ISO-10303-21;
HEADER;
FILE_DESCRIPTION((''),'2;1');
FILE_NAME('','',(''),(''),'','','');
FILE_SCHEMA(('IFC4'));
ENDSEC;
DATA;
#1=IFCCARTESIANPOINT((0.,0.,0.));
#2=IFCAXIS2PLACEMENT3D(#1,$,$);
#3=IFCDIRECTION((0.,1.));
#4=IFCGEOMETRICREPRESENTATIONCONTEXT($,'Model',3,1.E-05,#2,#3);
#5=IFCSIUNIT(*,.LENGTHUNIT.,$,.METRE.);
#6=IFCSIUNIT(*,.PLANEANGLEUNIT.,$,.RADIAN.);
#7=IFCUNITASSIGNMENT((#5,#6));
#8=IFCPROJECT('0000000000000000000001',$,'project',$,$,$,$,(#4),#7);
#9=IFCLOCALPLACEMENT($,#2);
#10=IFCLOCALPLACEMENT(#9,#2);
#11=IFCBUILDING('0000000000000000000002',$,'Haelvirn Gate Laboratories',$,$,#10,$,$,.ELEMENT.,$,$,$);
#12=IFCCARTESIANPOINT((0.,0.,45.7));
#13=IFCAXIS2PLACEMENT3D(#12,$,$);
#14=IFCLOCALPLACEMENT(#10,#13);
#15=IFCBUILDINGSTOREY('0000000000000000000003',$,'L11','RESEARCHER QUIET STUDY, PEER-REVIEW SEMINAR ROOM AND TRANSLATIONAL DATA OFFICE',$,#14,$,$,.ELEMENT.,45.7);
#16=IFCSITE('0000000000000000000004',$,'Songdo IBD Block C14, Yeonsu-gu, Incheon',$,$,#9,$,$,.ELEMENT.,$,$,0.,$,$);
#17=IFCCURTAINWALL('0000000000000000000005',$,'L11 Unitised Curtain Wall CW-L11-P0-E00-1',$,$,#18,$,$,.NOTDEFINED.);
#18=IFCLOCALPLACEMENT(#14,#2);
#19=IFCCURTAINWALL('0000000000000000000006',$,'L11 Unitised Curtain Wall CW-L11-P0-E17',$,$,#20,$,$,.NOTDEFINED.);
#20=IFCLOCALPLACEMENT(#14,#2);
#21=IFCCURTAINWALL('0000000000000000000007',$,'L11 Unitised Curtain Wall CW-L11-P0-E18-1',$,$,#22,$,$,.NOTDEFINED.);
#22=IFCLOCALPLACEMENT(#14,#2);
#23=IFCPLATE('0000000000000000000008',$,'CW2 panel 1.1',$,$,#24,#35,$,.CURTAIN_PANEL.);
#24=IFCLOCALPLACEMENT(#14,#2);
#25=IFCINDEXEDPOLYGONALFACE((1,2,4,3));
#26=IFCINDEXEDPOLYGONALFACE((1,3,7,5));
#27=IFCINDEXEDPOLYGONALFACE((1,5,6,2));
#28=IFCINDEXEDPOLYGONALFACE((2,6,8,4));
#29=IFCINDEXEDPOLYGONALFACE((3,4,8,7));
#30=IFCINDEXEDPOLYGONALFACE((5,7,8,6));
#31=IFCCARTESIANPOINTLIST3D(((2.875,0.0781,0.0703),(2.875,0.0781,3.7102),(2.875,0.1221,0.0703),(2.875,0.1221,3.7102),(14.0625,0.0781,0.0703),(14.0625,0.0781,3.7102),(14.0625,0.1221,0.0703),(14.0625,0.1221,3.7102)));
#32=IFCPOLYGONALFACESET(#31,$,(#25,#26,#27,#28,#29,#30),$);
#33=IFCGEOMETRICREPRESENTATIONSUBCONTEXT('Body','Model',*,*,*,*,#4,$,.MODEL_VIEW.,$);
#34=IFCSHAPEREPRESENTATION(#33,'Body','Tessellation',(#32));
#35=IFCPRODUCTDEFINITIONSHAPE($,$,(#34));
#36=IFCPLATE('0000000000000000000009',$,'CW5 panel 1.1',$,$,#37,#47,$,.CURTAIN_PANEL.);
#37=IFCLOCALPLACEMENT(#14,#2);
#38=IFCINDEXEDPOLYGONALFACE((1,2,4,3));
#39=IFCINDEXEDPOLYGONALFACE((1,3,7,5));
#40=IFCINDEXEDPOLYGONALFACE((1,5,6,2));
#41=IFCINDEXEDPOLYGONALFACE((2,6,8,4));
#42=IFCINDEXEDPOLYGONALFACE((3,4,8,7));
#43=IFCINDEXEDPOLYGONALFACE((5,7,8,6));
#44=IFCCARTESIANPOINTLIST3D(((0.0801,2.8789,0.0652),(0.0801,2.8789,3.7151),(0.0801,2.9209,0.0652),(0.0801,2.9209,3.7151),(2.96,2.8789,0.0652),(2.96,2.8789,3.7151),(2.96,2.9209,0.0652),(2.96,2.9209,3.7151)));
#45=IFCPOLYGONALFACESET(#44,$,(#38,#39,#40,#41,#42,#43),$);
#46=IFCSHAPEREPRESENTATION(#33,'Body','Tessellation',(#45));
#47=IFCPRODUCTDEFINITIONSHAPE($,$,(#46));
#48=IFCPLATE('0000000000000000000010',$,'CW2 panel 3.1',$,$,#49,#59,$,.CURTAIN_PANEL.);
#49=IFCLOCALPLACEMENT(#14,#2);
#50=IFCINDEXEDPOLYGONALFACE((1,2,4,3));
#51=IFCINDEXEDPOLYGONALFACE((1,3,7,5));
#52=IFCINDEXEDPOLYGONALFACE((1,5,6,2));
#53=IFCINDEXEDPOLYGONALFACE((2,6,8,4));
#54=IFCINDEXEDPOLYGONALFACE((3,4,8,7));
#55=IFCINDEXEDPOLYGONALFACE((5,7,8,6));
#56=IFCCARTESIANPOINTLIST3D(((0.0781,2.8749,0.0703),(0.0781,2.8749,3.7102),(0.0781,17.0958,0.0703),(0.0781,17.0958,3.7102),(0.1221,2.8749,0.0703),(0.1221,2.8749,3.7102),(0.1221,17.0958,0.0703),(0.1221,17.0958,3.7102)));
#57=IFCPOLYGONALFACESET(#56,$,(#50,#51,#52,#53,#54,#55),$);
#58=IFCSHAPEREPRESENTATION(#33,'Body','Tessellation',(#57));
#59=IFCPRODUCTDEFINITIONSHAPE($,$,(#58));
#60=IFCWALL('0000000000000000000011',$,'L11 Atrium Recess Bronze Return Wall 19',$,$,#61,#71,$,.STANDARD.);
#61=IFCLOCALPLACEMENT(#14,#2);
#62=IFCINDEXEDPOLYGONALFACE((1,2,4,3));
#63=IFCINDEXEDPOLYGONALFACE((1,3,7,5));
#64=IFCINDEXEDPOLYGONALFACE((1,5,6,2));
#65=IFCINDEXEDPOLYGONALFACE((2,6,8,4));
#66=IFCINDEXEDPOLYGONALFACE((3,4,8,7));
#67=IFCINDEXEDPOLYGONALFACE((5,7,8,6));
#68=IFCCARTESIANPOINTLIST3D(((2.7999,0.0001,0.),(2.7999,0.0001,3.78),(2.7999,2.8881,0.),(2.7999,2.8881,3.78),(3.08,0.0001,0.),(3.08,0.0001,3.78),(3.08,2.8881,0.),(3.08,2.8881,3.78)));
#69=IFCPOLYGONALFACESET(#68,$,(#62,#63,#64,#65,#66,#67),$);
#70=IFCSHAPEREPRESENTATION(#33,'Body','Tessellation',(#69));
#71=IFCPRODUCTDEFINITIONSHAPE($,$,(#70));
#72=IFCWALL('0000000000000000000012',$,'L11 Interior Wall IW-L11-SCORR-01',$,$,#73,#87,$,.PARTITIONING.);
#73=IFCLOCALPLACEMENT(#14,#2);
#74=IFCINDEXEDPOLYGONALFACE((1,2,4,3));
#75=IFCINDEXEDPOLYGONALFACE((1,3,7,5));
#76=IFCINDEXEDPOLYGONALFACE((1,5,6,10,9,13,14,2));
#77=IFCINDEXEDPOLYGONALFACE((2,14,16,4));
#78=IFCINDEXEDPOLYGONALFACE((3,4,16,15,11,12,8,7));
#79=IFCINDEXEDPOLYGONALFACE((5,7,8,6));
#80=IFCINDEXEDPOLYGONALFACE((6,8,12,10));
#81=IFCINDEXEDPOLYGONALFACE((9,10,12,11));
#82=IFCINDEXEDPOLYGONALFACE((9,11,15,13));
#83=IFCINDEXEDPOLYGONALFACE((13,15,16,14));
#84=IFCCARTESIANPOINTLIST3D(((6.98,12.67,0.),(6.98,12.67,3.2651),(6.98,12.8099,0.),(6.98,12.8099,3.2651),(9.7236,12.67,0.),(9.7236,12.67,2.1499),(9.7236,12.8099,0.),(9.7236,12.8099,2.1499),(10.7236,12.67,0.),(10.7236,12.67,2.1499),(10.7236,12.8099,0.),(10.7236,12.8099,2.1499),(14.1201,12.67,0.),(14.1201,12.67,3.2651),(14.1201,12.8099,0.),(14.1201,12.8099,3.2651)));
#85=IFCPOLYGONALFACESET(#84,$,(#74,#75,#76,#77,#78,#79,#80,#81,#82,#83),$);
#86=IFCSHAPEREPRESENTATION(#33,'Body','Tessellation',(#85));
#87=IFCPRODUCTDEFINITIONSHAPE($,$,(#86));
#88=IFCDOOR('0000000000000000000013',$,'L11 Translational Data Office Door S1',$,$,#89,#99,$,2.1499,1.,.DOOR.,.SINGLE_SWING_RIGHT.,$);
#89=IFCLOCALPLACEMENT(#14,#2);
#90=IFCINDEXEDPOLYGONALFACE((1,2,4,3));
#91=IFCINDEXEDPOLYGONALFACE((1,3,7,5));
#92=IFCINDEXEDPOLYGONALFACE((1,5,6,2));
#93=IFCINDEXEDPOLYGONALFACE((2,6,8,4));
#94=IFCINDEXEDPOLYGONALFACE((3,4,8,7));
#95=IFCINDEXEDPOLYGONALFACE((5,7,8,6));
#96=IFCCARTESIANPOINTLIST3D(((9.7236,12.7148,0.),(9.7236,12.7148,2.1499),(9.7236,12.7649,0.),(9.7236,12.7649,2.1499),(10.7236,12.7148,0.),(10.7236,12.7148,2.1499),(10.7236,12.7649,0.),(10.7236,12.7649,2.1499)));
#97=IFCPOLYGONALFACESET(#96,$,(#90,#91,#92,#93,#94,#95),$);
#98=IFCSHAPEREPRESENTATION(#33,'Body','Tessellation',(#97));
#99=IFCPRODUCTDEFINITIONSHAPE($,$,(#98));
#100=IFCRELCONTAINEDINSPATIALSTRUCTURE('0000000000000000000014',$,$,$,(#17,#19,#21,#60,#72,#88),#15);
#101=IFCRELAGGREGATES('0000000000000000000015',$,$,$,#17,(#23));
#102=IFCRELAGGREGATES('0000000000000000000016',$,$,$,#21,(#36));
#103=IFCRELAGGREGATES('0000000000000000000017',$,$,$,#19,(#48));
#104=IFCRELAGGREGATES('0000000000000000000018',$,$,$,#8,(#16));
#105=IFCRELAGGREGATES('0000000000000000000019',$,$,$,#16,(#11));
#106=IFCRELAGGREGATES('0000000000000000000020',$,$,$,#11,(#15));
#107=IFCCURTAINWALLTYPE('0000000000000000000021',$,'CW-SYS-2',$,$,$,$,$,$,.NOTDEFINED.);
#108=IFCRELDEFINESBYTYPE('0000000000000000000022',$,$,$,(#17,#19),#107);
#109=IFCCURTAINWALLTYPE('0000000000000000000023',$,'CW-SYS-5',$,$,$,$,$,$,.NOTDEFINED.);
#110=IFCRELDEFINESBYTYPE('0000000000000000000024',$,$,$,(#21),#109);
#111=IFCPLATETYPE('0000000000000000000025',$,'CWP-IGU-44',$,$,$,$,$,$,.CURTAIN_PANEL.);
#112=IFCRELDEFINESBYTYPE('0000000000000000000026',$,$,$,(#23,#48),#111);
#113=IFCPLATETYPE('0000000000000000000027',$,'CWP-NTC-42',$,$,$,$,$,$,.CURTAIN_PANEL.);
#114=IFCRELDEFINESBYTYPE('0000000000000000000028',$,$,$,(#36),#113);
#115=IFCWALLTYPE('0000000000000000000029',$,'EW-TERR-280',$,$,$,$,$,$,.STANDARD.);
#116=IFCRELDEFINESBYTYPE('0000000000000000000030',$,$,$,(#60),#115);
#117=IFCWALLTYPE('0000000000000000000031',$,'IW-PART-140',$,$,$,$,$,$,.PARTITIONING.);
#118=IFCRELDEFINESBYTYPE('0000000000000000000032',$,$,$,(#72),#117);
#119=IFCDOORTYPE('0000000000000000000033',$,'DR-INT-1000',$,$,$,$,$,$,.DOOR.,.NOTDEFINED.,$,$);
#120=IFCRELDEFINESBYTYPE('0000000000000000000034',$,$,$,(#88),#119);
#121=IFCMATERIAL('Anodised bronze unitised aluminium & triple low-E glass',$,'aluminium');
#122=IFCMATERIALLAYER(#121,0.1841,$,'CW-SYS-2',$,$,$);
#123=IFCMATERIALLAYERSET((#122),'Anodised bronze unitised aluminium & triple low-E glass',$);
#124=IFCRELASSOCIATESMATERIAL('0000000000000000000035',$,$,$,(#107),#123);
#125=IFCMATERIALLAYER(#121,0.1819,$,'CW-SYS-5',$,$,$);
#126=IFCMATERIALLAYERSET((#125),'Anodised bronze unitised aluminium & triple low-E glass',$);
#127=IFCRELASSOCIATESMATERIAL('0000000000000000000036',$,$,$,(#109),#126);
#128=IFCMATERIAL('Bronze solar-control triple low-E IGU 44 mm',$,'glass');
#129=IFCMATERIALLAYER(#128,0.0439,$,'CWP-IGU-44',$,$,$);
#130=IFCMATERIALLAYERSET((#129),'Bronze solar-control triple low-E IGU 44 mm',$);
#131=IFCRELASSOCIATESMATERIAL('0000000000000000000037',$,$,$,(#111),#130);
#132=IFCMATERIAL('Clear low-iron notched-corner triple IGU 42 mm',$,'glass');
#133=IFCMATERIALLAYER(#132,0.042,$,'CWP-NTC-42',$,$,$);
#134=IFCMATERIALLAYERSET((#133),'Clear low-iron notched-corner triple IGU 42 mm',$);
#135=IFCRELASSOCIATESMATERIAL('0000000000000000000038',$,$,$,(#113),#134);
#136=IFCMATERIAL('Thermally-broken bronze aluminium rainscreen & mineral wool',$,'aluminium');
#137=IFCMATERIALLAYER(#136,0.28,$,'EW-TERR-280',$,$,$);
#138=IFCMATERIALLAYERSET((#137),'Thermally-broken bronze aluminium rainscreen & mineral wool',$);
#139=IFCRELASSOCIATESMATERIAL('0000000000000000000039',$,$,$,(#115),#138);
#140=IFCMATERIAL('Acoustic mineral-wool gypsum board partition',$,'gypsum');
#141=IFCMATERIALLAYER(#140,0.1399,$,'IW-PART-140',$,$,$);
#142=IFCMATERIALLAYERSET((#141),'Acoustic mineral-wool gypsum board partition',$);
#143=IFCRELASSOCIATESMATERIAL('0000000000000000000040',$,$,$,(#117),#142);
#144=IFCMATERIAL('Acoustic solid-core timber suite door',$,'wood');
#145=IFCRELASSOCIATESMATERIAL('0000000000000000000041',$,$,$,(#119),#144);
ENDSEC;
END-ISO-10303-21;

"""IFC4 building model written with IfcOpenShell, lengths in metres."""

from ifc_helpers import new_model, si_unit, direction, frame, frame_2d, origin, origin_2d, place, context, subcontext, project, spatial, rectangle, extrude, source, transform, mapped, material, layer, layer_set, type_object, type_shapes, element, fill, aggregate, save


model = new_model("IFC4")

# Units and contexts
model_context = context("Model", 3, precision=1e-05, world=origin(), true_north=direction((0.0, 1.0)))
body_context = subcontext(model_context, "Body", "Model", "MODEL_VIEW")
ifc_project = project(units=[si_unit("LENGTHUNIT", "METRE"), si_unit("PLANEANGLEUNIT", "RADIAN")], contexts=[model_context])

# Site, building, storey
site_placement = place(None, origin())
site = spatial("IfcSite", under=ifc_project, at=site_placement, Name="Songdo IBD Block C14, Yeonsu-gu, Incheon", CompositionType="ELEMENT", RefElevation=0.0)
building_placement = place(site_placement, origin())
building = spatial("IfcBuilding", under=site, at=building_placement, Name="Haelvirn Gate Laboratories", CompositionType="ELEMENT")
storey_placement = place(building_placement, frame((0.0, 0.0, 45.7)))
storey = spatial("IfcBuildingStorey", under=building, at=storey_placement, Name="L11", Description="RESEARCHER QUIET STUDY, PEER-REVIEW SEMINAR ROOM AND TRANSLATIONAL DATA OFFICE", CompositionType="ELEMENT", Elevation=45.7)

# Curtain walls
ifc_material_1 = material(Name="Anodised bronze unitised aluminium & triple low-E glass", Category="aluminium")
ifc_layer_1 = layer(ifc_material_1, 0.1841, Name="CW-SYS-2")
ifc_layer_set_1 = layer_set([ifc_layer_1], Name="Anodised bronze unitised aluminium & triple low-E glass")
curtain_wall_type_1 = type_object("IfcCurtainWallType", Name="CW-SYS-2", PredefinedType="NOTDEFINED", material=ifc_layer_set_1)
curtain_wall_1_placement = place(storey_placement, origin())
curtain_wall_1 = element("IfcCurtainWall", 1, at=curtain_wall_1_placement, inside=storey, type_object=curtain_wall_type_1, Name="L11 Unitised Curtain Wall CW-L11-P0-E00-1", PredefinedType="NOTDEFINED")
curtain_wall_2_placement = place(storey_placement, origin())
curtain_wall_2 = element("IfcCurtainWall", 2, at=curtain_wall_2_placement, inside=storey, type_object=curtain_wall_type_1, Name="L11 Unitised Curtain Wall CW-L11-P0-E17", PredefinedType="NOTDEFINED")

# Curtain wall
ifc_layer_2 = layer(ifc_material_1, 0.1819, Name="CW-SYS-5")
ifc_layer_set_2 = layer_set([ifc_layer_2], Name="Anodised bronze unitised aluminium & triple low-E glass")
curtain_wall_type_2 = type_object("IfcCurtainWallType", Name="CW-SYS-5", PredefinedType="NOTDEFINED", material=ifc_layer_set_2)
curtain_wall_3_placement = place(storey_placement, origin())
curtain_wall_3 = element("IfcCurtainWall", 3, at=curtain_wall_3_placement, inside=storey, type_object=curtain_wall_type_2, Name="L11 Unitised Curtain Wall CW-L11-P0-E18-1", PredefinedType="NOTDEFINED")

# Plates
ifc_material_2 = material(Name="Bronze solar-control triple low-E IGU 44 mm", Category="glass")
ifc_layer_3 = layer(ifc_material_2, 0.0439, Name="CWP-IGU-44")
ifc_layer_set_3 = layer_set([ifc_layer_3], Name="Bronze solar-control triple low-E IGU 44 mm")
plate_type_1 = type_object("IfcPlateType", Name="CWP-IGU-44", PredefinedType="CURTAIN_PANEL", material=ifc_layer_set_3)
shared_shape_1 = source(origin(), body_context, "Body", "SweptSolid", [
    extrude(rectangle(XDim=11.1875, YDim=0.0439, at=origin_2d()), origin(), (0.0, 0.0, 1.0), 3.6399),
])
plate_1_placement = place(storey_placement, frame((8.4688, 0.1001, 0.0703), z_axis=(0.0, 0.0, 1.0), x_axis=(1.0, 0.0, 0.0)))
plate_1 = element("IfcPlate", 4, at=plate_1_placement, type_object=plate_type_1, Name="CW2 panel 1.1", PredefinedType="CURTAIN_PANEL", context=body_context, shape_type="MappedRepresentation", body=[
    mapped(shared_shape_1, transform((0.0, 0.0, 0.0), scale=1.0)),
])
aggregate(curtain_wall_1, [plate_1])
ifc_material_3 = material(Name="Clear low-iron notched-corner triple IGU 42 mm", Category="glass")
ifc_layer_4 = layer(ifc_material_3, 0.042, Name="CWP-NTC-42")
ifc_layer_set_4 = layer_set([ifc_layer_4], Name="Clear low-iron notched-corner triple IGU 42 mm")
plate_type_2 = type_object("IfcPlateType", Name="CWP-NTC-42", PredefinedType="CURTAIN_PANEL", material=ifc_layer_set_4)
shared_shape_2 = source(origin(), body_context, "Body", "SweptSolid", [
    extrude(rectangle(XDim=2.8799, YDim=0.042, at=origin_2d()), origin(), (0.0, 0.0, 1.0), 3.6499),
])
type_shapes(plate_type_2, [shared_shape_2])
plate_2_placement = place(storey_placement, frame((1.52, 2.8999, 0.0652), z_axis=(0.0, 0.0, 1.0), x_axis=(1.0, 0.0, 0.0)))
plate_2 = element("IfcPlate", 5, at=plate_2_placement, type_object=plate_type_2, Name="CW5 panel 1.1", PredefinedType="CURTAIN_PANEL", context=body_context, shape_type="MappedRepresentation", body=[
    mapped(shared_shape_2, transform((0.0, 0.0, 0.0), scale=1.0)),
])
aggregate(curtain_wall_3, [plate_2])
shared_shape_3 = source(origin(), body_context, "Body", "SweptSolid", [
    extrude(rectangle(XDim=14.2209, YDim=0.0439, at=origin_2d()), origin(), (0.0, 0.0, 1.0), 3.6399),
])
type_shapes(plate_type_1, [shared_shape_1, shared_shape_3])
plate_3_placement = place(storey_placement, frame((0.1001, 9.9854, 0.0703), z_axis=(0.0, 0.0, 1.0), x_axis=(0.0, -1.0, 0.0)))
plate_3 = element("IfcPlate", 6, at=plate_3_placement, type_object=plate_type_1, Name="CW2 panel 3.1", PredefinedType="CURTAIN_PANEL", context=body_context, shape_type="MappedRepresentation", body=[
    mapped(shared_shape_3, transform((0.0, 0.0, 0.0), scale=1.0)),
])
aggregate(curtain_wall_2, [plate_3])

# Wall
ifc_material_4 = material(Name="Thermally-broken bronze aluminium rainscreen & mineral wool", Category="aluminium")
ifc_layer_5 = layer(ifc_material_4, 0.28, Name="EW-TERR-280")
ifc_layer_set_5 = layer_set([ifc_layer_5], Name="Thermally-broken bronze aluminium rainscreen & mineral wool")
wall_type_1 = type_object("IfcWallType", Name="EW-TERR-280", PredefinedType="STANDARD", material=ifc_layer_set_5)
wall_1_placement = place(storey_placement, frame((2.9399, 2.8879, 0.0), z_axis=(0.0, 0.0, 1.0), x_axis=(0.0, -1.0, 0.0)))
element("IfcWall", 7, at=wall_1_placement, inside=storey, type_object=wall_type_1, Name="L11 Atrium Recess Bronze Return Wall 19", PredefinedType="STANDARD", context=body_context, shape_type="SweptSolid", body=[
    extrude(rectangle(XDim=2.8879, YDim=0.28, at=frame_2d((1.4438, 0.0))), origin(), (0.0, 0.0, 1.0), 3.78),
])

# Wall, opening, door
ifc_material_5 = material(Name="Acoustic mineral-wool gypsum board partition", Category="gypsum")
ifc_layer_6 = layer(ifc_material_5, 0.1399, Name="IW-PART-140")
ifc_layer_set_6 = layer_set([ifc_layer_6], Name="Acoustic mineral-wool gypsum board partition")
wall_type_2 = type_object("IfcWallType", Name="IW-PART-140", PredefinedType="PARTITIONING", material=ifc_layer_set_6)
wall_2_placement = place(storey_placement, frame((6.98, 12.74, 0.0), z_axis=(0.0, 0.0, 1.0), x_axis=(1.0, 0.0, 0.0)))
wall_2 = element("IfcWall", 8, at=wall_2_placement, inside=storey, type_object=wall_type_2, Name="L11 Interior Wall IW-L11-SCORR-01", PredefinedType="PARTITIONING", context=body_context, shape_type="SweptSolid", body=[
    extrude(rectangle(XDim=7.1401, YDim=0.1399, at=frame_2d((3.5701, 0.0))), origin(), (0.0, 0.0, 1.0), 3.2651),
])
opening_placement = place(wall_2_placement, frame((2.7437, 0.0, 0.0)))
opening = element("IfcOpeningElement", 9, at=opening_placement, cuts=wall_2, PredefinedType="OPENING", context=body_context, shape_type="SweptSolid", body=[
    extrude(rectangle(XDim=1.0, YDim=2.1499, at=frame_2d((0.5, 1.075))), frame((0.0, 0.0801, 0.0), z_axis=(0.0, -1.0, 0.0), x_axis=(1.0, 0.0, 0.0)), (0.0, 0.0, 1.0), 0.1599),
])
ifc_material_6 = material(Name="Acoustic solid-core timber suite door", Category="wood")
door_type = type_object("IfcDoorType", Name="DR-INT-1000", OperationType="NOTDEFINED", PredefinedType="DOOR", material=ifc_material_6)
shared_shape_4 = source(origin(), body_context, "Body", "SweptSolid", [
    extrude(rectangle(XDim=1.0, YDim=2.1499, at=frame_2d((0.5, 1.075))), frame((0.0, 0.0249, 0.0), z_axis=(0.0, -1.0, 0.0), x_axis=(1.0, 0.0, 0.0)), (0.0, 0.0, 1.0), 0.05),
])
type_shapes(door_type, [shared_shape_4])
door_placement = place(opening_placement, origin())
door = element("IfcDoor", 10, at=door_placement, inside=storey, type_object=door_type, Name="L11 Translational Data Office Door S1", OperationType="SINGLE_SWING_RIGHT", OverallHeight=2.1499, OverallWidth=1.0, PredefinedType="DOOR", context=body_context, shape_type="MappedRepresentation", body=[
    mapped(shared_shape_4, transform((0.0, 0.0, 0.0), scale=1.0)),
])
fill(opening, door)

save(model, "model.ifc")
